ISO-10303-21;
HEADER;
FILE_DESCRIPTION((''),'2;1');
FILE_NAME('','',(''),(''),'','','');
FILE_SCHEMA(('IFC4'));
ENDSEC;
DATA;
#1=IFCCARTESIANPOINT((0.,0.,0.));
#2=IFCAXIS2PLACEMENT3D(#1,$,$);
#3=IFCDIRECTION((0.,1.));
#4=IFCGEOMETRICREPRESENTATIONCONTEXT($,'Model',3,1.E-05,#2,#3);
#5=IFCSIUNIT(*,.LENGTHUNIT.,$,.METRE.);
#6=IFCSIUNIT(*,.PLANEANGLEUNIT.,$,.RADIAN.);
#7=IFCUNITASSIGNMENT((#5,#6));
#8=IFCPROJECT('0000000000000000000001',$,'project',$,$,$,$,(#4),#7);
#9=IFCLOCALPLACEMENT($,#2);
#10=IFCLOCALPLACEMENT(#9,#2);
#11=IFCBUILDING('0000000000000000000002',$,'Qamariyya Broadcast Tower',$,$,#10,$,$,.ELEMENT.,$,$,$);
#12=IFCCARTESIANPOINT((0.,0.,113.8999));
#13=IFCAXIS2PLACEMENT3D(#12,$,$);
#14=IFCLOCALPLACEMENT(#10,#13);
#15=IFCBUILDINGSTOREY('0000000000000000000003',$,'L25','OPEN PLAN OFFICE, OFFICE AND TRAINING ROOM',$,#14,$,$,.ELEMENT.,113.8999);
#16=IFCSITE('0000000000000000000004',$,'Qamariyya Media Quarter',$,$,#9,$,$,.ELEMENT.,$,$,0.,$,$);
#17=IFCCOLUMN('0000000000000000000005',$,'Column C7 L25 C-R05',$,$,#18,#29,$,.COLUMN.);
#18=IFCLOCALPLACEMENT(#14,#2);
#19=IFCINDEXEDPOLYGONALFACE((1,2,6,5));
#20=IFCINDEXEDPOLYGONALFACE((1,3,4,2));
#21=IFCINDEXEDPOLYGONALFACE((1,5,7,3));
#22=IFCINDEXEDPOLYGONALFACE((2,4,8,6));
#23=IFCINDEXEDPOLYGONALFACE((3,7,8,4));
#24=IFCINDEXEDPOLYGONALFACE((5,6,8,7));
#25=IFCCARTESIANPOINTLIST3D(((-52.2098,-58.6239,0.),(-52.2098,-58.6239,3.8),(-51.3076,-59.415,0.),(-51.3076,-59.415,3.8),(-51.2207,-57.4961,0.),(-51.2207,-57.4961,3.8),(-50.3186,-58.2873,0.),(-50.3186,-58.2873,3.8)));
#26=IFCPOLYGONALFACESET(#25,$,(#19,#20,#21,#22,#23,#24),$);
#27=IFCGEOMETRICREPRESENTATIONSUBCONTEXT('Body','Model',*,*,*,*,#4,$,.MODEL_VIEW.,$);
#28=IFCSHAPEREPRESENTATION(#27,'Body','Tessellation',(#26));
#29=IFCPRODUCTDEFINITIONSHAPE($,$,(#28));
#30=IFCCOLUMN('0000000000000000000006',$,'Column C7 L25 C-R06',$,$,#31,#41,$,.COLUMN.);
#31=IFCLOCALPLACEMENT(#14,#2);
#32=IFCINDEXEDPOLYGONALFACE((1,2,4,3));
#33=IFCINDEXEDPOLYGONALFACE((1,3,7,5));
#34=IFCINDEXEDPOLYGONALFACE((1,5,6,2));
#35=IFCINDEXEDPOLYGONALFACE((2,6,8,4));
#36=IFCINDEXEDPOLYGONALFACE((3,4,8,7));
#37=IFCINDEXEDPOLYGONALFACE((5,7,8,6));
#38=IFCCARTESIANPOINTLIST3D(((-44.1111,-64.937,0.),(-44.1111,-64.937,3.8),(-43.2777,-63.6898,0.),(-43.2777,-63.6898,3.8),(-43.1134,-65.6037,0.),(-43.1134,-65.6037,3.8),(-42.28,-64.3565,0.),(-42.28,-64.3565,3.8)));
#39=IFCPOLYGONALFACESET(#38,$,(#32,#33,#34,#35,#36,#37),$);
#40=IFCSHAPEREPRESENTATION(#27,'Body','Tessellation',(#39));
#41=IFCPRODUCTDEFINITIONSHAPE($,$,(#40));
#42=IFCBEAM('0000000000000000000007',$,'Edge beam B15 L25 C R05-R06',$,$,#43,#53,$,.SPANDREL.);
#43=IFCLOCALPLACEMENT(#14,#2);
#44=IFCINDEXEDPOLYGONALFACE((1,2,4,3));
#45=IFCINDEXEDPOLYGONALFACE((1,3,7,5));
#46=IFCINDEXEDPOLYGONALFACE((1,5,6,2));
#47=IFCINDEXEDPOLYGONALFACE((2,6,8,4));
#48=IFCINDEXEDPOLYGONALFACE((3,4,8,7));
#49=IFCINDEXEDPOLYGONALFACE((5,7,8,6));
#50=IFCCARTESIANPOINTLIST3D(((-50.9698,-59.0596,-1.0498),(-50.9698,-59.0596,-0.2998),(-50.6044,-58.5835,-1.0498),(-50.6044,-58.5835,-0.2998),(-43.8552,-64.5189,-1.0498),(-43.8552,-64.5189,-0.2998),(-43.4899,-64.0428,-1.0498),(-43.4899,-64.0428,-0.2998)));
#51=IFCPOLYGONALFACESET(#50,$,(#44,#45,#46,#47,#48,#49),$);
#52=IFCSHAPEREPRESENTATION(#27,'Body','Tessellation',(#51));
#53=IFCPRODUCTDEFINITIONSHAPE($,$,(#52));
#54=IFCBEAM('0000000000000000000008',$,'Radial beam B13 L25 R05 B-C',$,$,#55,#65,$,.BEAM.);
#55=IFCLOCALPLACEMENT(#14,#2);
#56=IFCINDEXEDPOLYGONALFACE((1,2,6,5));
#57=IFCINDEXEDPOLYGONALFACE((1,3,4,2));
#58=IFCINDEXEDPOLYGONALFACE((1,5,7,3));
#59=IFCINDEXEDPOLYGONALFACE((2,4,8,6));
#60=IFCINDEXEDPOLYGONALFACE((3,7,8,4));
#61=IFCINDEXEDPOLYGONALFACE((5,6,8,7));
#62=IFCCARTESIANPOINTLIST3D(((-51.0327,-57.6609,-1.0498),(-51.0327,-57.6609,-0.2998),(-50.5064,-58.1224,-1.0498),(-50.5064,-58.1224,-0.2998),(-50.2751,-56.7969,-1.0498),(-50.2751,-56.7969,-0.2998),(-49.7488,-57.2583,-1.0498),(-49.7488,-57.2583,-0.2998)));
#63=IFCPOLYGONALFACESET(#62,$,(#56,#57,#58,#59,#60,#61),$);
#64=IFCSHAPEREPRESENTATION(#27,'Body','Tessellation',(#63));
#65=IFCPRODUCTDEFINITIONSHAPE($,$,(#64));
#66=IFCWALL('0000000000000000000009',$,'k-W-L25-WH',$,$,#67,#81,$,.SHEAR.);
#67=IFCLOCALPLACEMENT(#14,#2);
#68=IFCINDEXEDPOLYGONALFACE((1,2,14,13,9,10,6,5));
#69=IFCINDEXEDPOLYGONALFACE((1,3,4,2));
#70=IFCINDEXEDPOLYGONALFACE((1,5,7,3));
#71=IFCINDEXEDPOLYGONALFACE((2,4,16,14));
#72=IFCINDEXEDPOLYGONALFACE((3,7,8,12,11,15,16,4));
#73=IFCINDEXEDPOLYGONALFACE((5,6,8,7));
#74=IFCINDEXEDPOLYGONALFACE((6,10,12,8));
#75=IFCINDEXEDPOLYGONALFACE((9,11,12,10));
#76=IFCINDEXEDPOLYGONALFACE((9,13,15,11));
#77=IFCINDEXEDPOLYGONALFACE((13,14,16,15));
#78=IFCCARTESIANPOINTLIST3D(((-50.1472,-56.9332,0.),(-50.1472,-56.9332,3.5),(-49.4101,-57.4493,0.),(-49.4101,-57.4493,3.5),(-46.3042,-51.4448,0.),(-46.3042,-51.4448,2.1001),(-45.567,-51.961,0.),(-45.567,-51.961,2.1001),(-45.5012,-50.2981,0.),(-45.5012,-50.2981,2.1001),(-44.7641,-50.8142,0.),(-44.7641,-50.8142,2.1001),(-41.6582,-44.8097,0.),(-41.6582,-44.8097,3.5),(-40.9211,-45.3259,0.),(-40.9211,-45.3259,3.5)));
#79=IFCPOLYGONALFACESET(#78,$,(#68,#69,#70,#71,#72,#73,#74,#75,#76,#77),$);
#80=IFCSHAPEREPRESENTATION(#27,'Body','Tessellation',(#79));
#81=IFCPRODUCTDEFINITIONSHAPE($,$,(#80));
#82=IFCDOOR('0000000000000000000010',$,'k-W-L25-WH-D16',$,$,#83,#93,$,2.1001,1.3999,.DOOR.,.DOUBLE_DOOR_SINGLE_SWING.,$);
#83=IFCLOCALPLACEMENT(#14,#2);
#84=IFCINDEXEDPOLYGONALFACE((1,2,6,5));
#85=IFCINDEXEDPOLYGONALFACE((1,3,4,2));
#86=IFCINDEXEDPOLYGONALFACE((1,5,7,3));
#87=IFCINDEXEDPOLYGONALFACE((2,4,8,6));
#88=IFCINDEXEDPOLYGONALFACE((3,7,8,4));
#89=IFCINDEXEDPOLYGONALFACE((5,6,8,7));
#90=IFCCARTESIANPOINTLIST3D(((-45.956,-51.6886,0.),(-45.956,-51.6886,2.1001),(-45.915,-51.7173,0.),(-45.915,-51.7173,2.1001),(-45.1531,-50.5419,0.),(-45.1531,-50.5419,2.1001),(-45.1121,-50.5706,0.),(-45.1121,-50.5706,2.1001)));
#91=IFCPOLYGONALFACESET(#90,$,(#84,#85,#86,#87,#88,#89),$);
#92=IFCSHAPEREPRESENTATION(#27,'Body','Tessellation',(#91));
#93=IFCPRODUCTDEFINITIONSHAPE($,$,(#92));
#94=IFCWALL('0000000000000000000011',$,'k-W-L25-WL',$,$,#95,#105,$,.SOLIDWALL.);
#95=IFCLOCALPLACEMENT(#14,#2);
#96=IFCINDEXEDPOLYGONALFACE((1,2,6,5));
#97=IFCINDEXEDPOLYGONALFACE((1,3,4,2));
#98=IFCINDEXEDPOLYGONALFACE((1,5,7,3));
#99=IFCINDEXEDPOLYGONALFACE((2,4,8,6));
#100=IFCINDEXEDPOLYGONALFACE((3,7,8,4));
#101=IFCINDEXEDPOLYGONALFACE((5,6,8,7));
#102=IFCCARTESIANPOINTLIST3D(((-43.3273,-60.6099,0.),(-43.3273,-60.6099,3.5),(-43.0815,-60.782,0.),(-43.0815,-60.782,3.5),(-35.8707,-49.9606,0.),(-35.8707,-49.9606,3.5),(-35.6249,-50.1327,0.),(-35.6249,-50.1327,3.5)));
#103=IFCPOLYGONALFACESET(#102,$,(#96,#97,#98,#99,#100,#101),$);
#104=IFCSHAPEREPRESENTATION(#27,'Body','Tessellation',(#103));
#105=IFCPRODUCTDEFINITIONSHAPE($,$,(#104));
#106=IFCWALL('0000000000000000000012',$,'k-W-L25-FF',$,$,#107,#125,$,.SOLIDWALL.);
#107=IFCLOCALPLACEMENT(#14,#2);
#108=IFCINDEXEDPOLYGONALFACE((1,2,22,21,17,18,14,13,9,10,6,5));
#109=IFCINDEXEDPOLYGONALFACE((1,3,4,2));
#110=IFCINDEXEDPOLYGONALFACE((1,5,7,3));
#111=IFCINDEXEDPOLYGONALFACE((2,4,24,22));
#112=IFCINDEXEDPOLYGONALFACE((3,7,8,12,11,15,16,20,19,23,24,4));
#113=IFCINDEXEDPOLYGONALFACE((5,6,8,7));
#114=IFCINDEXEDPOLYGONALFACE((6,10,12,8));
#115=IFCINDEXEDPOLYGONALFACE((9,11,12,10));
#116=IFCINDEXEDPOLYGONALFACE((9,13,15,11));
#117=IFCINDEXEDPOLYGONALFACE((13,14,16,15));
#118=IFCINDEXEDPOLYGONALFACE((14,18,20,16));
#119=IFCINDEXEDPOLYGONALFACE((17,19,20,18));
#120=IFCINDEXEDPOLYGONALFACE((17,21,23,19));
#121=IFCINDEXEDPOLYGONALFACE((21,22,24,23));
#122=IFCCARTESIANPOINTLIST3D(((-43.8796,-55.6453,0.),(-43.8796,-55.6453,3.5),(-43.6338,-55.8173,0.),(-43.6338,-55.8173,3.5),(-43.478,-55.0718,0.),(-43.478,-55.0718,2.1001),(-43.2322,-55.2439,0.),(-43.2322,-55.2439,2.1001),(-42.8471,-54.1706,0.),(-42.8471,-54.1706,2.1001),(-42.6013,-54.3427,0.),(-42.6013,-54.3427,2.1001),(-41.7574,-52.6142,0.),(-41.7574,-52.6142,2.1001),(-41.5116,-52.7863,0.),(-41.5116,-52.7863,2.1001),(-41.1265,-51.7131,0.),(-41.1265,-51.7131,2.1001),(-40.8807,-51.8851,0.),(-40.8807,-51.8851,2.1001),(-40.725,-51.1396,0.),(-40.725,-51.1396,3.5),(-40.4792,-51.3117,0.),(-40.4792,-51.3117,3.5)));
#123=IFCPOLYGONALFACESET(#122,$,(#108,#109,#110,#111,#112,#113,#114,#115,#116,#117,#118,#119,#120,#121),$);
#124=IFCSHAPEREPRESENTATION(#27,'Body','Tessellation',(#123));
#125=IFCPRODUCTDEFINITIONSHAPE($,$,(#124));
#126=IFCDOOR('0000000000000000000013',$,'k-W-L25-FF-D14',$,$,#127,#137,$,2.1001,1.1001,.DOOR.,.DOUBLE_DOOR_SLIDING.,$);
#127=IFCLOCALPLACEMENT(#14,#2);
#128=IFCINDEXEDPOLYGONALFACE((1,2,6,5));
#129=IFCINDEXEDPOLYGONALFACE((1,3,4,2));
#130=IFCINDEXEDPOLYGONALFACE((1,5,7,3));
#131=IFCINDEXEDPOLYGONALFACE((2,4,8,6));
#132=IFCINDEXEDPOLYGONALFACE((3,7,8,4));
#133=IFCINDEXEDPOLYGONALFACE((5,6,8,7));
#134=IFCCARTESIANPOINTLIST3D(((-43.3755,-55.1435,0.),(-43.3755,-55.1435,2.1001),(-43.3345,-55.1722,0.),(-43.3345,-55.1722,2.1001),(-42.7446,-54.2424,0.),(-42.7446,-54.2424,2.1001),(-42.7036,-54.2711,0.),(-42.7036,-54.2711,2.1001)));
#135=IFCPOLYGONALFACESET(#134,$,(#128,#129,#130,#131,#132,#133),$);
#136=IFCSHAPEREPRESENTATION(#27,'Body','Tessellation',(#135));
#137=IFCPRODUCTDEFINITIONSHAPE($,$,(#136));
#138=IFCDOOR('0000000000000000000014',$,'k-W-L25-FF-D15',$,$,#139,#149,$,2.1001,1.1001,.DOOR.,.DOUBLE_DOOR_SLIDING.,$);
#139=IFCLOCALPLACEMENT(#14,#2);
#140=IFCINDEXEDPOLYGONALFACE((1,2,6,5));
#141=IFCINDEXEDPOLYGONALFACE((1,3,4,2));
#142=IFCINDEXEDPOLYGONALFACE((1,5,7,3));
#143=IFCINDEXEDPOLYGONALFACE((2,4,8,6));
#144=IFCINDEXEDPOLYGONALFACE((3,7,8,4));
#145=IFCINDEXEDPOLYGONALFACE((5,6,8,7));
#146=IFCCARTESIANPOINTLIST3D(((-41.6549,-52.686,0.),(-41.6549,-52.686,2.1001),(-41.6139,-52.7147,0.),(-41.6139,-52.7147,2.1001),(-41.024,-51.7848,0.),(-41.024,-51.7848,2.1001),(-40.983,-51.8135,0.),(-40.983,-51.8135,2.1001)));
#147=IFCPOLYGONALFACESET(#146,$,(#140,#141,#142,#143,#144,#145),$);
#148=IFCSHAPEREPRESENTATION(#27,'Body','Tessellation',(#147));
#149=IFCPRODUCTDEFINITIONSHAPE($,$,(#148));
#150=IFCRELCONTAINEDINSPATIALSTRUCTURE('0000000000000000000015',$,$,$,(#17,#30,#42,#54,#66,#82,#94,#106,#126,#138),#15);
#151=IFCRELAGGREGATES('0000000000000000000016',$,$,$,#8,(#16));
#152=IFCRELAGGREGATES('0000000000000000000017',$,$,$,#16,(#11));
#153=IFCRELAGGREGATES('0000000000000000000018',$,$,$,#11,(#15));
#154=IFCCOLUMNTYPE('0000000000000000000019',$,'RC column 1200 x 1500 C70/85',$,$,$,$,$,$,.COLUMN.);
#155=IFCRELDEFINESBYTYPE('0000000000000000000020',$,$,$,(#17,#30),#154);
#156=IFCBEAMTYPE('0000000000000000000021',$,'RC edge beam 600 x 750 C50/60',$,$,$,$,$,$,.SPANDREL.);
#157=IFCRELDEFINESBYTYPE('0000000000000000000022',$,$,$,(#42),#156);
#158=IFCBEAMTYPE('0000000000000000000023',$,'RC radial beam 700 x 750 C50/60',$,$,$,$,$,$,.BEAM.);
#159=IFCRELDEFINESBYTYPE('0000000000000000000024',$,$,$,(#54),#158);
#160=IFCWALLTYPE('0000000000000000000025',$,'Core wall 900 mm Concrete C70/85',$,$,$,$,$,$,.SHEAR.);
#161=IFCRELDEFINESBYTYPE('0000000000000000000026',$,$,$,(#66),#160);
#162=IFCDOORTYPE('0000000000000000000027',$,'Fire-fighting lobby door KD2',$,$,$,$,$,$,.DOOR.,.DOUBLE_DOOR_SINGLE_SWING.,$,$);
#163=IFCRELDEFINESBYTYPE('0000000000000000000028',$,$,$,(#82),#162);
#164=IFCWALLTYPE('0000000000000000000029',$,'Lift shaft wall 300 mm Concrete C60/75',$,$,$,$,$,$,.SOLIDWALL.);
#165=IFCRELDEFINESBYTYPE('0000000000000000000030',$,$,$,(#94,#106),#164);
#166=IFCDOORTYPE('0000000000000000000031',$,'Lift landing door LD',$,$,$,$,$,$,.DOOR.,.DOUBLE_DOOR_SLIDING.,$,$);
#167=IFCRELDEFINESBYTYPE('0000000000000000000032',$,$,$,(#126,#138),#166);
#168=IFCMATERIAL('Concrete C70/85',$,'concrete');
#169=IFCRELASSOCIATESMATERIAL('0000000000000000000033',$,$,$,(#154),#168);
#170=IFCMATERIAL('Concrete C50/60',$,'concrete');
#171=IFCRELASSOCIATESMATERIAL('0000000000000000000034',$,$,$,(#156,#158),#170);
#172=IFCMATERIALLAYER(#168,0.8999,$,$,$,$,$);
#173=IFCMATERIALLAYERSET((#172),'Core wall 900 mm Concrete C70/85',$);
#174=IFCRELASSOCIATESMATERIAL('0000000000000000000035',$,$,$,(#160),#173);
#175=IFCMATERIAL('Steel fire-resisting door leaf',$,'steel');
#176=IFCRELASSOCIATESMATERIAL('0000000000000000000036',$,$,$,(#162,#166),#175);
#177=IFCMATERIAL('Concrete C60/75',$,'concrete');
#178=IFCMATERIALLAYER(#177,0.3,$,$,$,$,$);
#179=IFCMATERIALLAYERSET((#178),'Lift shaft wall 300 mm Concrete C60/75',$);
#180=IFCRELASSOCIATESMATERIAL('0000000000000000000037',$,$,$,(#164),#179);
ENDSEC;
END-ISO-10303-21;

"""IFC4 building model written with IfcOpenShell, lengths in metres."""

from ifc_helpers import new_model, si_unit, direction, frame, frame_2d, origin, origin_2d, place, context, subcontext, project, spatial, rectangle, extrude, material, layer, layer_set, material_profile, profile_set, type_object, element, fill, save


model = new_model("IFC4")

# Units and contexts
model_context = context("Model", 3, precision=1e-05, world=origin(), true_north=direction((0.0, 1.0)))
body_context = subcontext(model_context, "Body", "Model", "MODEL_VIEW")
ifc_project = project(units=[si_unit("LENGTHUNIT", "METRE"), si_unit("PLANEANGLEUNIT", "RADIAN")], contexts=[model_context])

# Site, building, storey
site_placement = place(None, origin())
site = spatial("IfcSite", under=ifc_project, at=site_placement, Name="Qamariyya Media Quarter", CompositionType="ELEMENT", RefElevation=0.0)
building_placement = place(site_placement, origin())
building = spatial("IfcBuilding", under=site, at=building_placement, Name="Qamariyya Broadcast Tower", CompositionType="ELEMENT")
storey_placement = place(building_placement, frame((0.0, 0.0, 113.8999)))
storey = spatial("IfcBuildingStorey", under=building, at=storey_placement, Name="L25", Description="OPEN PLAN OFFICE, OFFICE AND TRAINING ROOM", CompositionType="ELEMENT", Elevation=113.8999)

# Columns
ifc_material_1 = material(Name="Concrete C70/85", Category="concrete")
ifc_material_profile_1 = material_profile(ifc_material_1, rectangle(XDim=1.2, YDim=1.5, at=origin_2d()))
ifc_profile_set_1 = profile_set([ifc_material_profile_1], Name="Concrete C70/85")
column_type = type_object("IfcColumnType", Name="RC column 1200 x 1500 C70/85", PredefinedType="COLUMN", material=ifc_profile_set_1)
for number, where, z_axis, x_axis, name in (
    (1, (-51.2642, -58.4556, 0.0), (0.0, 0.0, 1.0), (0.75184, -0.659346, 0.0), "Column C7 L25 C-R05"),
    (2, (-43.1956, -64.6467, 0.0), (0.0, 0.0, 1.0), (0.83147, -0.55557, 0.0), "Column C7 L25 C-R06"),
):
    element("IfcColumn", number, at=place(storey_placement, frame(where, z_axis=z_axis, x_axis=x_axis)), inside=storey, type_object=column_type, Name=name, PredefinedType="COLUMN", context=body_context, shape_type="SweptSolid", body=[
        extrude(rectangle(XDim=1.2, YDim=1.5, at=origin_2d()), origin(), (0.0, 0.0, 1.0), 3.8),
    ])

# Beams
ifc_material_2 = material(Name="Concrete C50/60", Category="concrete")
ifc_material_profile_2 = material_profile(ifc_material_2, rectangle(XDim=0.6001, YDim=0.75, at=origin_2d()))
ifc_profile_set_2 = profile_set([ifc_material_profile_2], Name="Concrete C50/60")
beam_type_1 = type_object("IfcBeamType", Name="RC edge beam 600 x 750 C50/60", PredefinedType="SPANDREL", material=ifc_profile_set_2)
beam_1_placement = place(storey_placement, frame((-50.7871, -58.8215, -0.6748), z_axis=(0.793349, -0.608767, 0.0), x_axis=(0.608767, 0.793349, 0.0)))
element("IfcBeam", 3, at=beam_1_placement, inside=storey, type_object=beam_type_1, Name="Edge beam B15 L25 C R05-R06", PredefinedType="SPANDREL", context=body_context, shape_type="SweptSolid", body=[
    extrude(rectangle(XDim=0.6001, YDim=0.75, at=origin_2d()), origin(), (0.0, 0.0, 1.0), 8.9678),
])
ifc_material_profile_3 = material_profile(ifc_material_2, rectangle(XDim=0.7, YDim=0.75, at=origin_2d()))
ifc_profile_set_3 = profile_set([ifc_material_profile_3], Name="Concrete C50/60")
beam_type_2 = type_object("IfcBeamType", Name="RC radial beam 700 x 750 C50/60", PredefinedType="BEAM", material=ifc_profile_set_3)
beam_2_placement = place(storey_placement, frame((-50.012, -57.0276, -0.6748), z_axis=(-0.659271, -0.751905, 0.0), x_axis=(0.751905, -0.659271, 0.0)))
element("IfcBeam", 4, at=beam_2_placement, inside=storey, type_object=beam_type_2, Name="Radial beam B13 L25 R05 B-C", PredefinedType="BEAM", context=body_context, shape_type="SweptSolid", body=[
    extrude(rectangle(XDim=0.7, YDim=0.75, at=origin_2d()), origin(), (0.0, 0.0, 1.0), 1.1492),
])

# Wall, opening, door
ifc_layer_1 = layer(ifc_material_1, 0.8999)
ifc_layer_set_1 = layer_set([ifc_layer_1], Name="Core wall 900 mm Concrete C70/85")
wall_type_1 = type_object("IfcWallType", Name="Core wall 900 mm Concrete C70/85", PredefinedType="SHEAR", material=ifc_layer_set_1)
wall_1_placement = place(storey_placement, frame((-49.7786, -57.1912, 0.0), z_axis=(0.0, 0.0, 1.0), x_axis=(0.573577, 0.819151, 0.0)))
wall_1 = element("IfcWall", 5, at=wall_1_placement, inside=storey, type_object=wall_type_1, Name="k-W-L25-WH", PredefinedType="SHEAR", context=body_context, shape_type="SweptSolid", body=[
    extrude(rectangle(XDim=14.8, YDim=0.8999, at=frame_2d((7.3999, 0.0))), origin(), (0.0, 0.0, 1.0), 3.5),
])
opening_1_placement = place(wall_1_placement, frame((6.7, 0.0, 0.0)))
opening_1 = element("IfcOpeningElement", 6, at=opening_1_placement, cuts=wall_1, PredefinedType="OPENING", context=body_context, shape_type="SweptSolid", body=[
    extrude(rectangle(XDim=1.3999, YDim=2.1001, at=frame_2d((0.7, 1.05))), frame((0.0, 0.46, 0.0), z_axis=(0.0, -1.0, 0.0), x_axis=(1.0, 0.0, 0.0)), (0.0, 0.0, 1.0), 0.9199),
])
ifc_material_3 = material(Name="Steel fire-resisting door leaf", Category="steel")
door_type_1 = type_object("IfcDoorType", Name="Fire-fighting lobby door KD2", OperationType="DOUBLE_DOOR_SINGLE_SWING", PredefinedType="DOOR", material=ifc_material_3)
door_1_placement = place(opening_1_placement, origin())
door_1 = element("IfcDoor", 7, at=door_1_placement, inside=storey, type_object=door_type_1, Name="k-W-L25-WH-D16", OperationType="DOUBLE_DOOR_SINGLE_SWING", OverallHeight=2.1001, OverallWidth=1.3999, PredefinedType="DOOR", context=body_context, shape_type="SweptSolid", body=[
    extrude(rectangle(XDim=1.3999, YDim=2.1001, at=frame_2d((0.7, 1.05))), frame((0.0, 0.0249, 0.0), z_axis=(0.0, -1.0, 0.0), x_axis=(1.0, 0.0, 0.0)), (0.0, 0.0, 1.0), 0.05),
])
fill(opening_1, door_1)

# Wall
ifc_material_4 = material(Name="Concrete C60/75", Category="concrete")
ifc_layer_2 = layer(ifc_material_4, 0.3)
ifc_layer_set_2 = layer_set([ifc_layer_2], Name="Lift shaft wall 300 mm Concrete C60/75")
wall_type_2 = type_object("IfcWallType", Name="Lift shaft wall 300 mm Concrete C60/75", PredefinedType="SOLIDWALL", material=ifc_layer_set_2)
wall_2_placement = place(storey_placement, frame((-43.2043, -60.6958, 0.0), z_axis=(0.0, 0.0, 1.0), x_axis=(0.573572, 0.819155, 0.0)))
element("IfcWall", 8, at=wall_2_placement, inside=storey, type_object=wall_type_2, Name="k-W-L25-WL", PredefinedType="SOLIDWALL", context=body_context, shape_type="SweptSolid", body=[
    extrude(rectangle(XDim=13.0002, YDim=0.3, at=frame_2d((6.5, 0.0))), origin(), (0.0, 0.0, 1.0), 3.5),
])

# Wall, openings, doors
wall_3_placement = place(storey_placement, frame((-43.7566, -55.7312, 0.0), z_axis=(0.0, 0.0, 1.0), x_axis=(0.573537, 0.81918, 0.0)))
wall_3 = element("IfcWall", 9, at=wall_3_placement, inside=storey, type_object=wall_type_2, Name="k-W-L25-FF", PredefinedType="SOLIDWALL", context=body_context, shape_type="SweptSolid", body=[
    extrude(rectangle(XDim=5.5002, YDim=0.3, at=frame_2d((2.75, 0.0))), origin(), (0.0, 0.0, 1.0), 3.5),
])
opening_2_placement = place(wall_3_placement, frame((0.7, 0.0, 0.0)))
opening_2 = element("IfcOpeningElement", 10, at=opening_2_placement, cuts=wall_3, PredefinedType="OPENING", context=body_context, shape_type="SweptSolid", body=[
    extrude(rectangle(XDim=1.1001, YDim=2.1001, at=frame_2d((0.55, 1.05))), frame((0.0, 0.1599, 0.0), z_axis=(0.0, -1.0, 0.0), x_axis=(1.0, 0.0, 0.0)), (0.0, 0.0, 1.0), 0.3201),
])
opening_3_placement = place(wall_3_placement, frame((3.7, 0.0, 0.0)))
opening_3 = element("IfcOpeningElement", 11, at=opening_3_placement, cuts=wall_3, PredefinedType="OPENING", context=body_context, shape_type="SweptSolid", body=[
    extrude(rectangle(XDim=1.1001, YDim=2.1001, at=frame_2d((0.55, 1.05))), frame((0.0, 0.1599, 0.0), z_axis=(0.0, -1.0, 0.0), x_axis=(1.0, 0.0, 0.0)), (0.0, 0.0, 1.0), 0.3201),
])
door_type_2 = type_object("IfcDoorType", Name="Lift landing door LD", OperationType="DOUBLE_DOOR_SLIDING", PredefinedType="DOOR", material=ifc_material_3)
door_2_placement = place(opening_2_placement, origin())
door_2 = element("IfcDoor", 12, at=door_2_placement, inside=storey, type_object=door_type_2, Name="k-W-L25-FF-D14", OperationType="DOUBLE_DOOR_SLIDING", OverallHeight=2.1001, OverallWidth=1.1001, PredefinedType="DOOR", context=body_context, shape_type="SweptSolid", body=[
    extrude(rectangle(XDim=1.1001, YDim=2.1001, at=frame_2d((0.55, 1.05))), frame((0.0, 0.0249, 0.0), z_axis=(0.0, -1.0, 0.0), x_axis=(1.0, 0.0, 0.0)), (0.0, 0.0, 1.0), 0.05),
])
fill(opening_2, door_2)
door_3_placement = place(opening_3_placement, origin())
door_3 = element("IfcDoor", 13, at=door_3_placement, inside=storey, type_object=door_type_2, Name="k-W-L25-FF-D15", OperationType="DOUBLE_DOOR_SLIDING", OverallHeight=2.1001, OverallWidth=1.1001, PredefinedType="DOOR", context=body_context, shape_type="SweptSolid", body=[
    extrude(rectangle(XDim=1.1001, YDim=2.1001, at=frame_2d((0.55, 1.05))), frame((0.0, 0.0249, 0.0), z_axis=(0.0, -1.0, 0.0), x_axis=(1.0, 0.0, 0.0)), (0.0, 0.0, 1.0), 0.05),
])
fill(opening_3, door_3)

save(model, "model.ifc")
